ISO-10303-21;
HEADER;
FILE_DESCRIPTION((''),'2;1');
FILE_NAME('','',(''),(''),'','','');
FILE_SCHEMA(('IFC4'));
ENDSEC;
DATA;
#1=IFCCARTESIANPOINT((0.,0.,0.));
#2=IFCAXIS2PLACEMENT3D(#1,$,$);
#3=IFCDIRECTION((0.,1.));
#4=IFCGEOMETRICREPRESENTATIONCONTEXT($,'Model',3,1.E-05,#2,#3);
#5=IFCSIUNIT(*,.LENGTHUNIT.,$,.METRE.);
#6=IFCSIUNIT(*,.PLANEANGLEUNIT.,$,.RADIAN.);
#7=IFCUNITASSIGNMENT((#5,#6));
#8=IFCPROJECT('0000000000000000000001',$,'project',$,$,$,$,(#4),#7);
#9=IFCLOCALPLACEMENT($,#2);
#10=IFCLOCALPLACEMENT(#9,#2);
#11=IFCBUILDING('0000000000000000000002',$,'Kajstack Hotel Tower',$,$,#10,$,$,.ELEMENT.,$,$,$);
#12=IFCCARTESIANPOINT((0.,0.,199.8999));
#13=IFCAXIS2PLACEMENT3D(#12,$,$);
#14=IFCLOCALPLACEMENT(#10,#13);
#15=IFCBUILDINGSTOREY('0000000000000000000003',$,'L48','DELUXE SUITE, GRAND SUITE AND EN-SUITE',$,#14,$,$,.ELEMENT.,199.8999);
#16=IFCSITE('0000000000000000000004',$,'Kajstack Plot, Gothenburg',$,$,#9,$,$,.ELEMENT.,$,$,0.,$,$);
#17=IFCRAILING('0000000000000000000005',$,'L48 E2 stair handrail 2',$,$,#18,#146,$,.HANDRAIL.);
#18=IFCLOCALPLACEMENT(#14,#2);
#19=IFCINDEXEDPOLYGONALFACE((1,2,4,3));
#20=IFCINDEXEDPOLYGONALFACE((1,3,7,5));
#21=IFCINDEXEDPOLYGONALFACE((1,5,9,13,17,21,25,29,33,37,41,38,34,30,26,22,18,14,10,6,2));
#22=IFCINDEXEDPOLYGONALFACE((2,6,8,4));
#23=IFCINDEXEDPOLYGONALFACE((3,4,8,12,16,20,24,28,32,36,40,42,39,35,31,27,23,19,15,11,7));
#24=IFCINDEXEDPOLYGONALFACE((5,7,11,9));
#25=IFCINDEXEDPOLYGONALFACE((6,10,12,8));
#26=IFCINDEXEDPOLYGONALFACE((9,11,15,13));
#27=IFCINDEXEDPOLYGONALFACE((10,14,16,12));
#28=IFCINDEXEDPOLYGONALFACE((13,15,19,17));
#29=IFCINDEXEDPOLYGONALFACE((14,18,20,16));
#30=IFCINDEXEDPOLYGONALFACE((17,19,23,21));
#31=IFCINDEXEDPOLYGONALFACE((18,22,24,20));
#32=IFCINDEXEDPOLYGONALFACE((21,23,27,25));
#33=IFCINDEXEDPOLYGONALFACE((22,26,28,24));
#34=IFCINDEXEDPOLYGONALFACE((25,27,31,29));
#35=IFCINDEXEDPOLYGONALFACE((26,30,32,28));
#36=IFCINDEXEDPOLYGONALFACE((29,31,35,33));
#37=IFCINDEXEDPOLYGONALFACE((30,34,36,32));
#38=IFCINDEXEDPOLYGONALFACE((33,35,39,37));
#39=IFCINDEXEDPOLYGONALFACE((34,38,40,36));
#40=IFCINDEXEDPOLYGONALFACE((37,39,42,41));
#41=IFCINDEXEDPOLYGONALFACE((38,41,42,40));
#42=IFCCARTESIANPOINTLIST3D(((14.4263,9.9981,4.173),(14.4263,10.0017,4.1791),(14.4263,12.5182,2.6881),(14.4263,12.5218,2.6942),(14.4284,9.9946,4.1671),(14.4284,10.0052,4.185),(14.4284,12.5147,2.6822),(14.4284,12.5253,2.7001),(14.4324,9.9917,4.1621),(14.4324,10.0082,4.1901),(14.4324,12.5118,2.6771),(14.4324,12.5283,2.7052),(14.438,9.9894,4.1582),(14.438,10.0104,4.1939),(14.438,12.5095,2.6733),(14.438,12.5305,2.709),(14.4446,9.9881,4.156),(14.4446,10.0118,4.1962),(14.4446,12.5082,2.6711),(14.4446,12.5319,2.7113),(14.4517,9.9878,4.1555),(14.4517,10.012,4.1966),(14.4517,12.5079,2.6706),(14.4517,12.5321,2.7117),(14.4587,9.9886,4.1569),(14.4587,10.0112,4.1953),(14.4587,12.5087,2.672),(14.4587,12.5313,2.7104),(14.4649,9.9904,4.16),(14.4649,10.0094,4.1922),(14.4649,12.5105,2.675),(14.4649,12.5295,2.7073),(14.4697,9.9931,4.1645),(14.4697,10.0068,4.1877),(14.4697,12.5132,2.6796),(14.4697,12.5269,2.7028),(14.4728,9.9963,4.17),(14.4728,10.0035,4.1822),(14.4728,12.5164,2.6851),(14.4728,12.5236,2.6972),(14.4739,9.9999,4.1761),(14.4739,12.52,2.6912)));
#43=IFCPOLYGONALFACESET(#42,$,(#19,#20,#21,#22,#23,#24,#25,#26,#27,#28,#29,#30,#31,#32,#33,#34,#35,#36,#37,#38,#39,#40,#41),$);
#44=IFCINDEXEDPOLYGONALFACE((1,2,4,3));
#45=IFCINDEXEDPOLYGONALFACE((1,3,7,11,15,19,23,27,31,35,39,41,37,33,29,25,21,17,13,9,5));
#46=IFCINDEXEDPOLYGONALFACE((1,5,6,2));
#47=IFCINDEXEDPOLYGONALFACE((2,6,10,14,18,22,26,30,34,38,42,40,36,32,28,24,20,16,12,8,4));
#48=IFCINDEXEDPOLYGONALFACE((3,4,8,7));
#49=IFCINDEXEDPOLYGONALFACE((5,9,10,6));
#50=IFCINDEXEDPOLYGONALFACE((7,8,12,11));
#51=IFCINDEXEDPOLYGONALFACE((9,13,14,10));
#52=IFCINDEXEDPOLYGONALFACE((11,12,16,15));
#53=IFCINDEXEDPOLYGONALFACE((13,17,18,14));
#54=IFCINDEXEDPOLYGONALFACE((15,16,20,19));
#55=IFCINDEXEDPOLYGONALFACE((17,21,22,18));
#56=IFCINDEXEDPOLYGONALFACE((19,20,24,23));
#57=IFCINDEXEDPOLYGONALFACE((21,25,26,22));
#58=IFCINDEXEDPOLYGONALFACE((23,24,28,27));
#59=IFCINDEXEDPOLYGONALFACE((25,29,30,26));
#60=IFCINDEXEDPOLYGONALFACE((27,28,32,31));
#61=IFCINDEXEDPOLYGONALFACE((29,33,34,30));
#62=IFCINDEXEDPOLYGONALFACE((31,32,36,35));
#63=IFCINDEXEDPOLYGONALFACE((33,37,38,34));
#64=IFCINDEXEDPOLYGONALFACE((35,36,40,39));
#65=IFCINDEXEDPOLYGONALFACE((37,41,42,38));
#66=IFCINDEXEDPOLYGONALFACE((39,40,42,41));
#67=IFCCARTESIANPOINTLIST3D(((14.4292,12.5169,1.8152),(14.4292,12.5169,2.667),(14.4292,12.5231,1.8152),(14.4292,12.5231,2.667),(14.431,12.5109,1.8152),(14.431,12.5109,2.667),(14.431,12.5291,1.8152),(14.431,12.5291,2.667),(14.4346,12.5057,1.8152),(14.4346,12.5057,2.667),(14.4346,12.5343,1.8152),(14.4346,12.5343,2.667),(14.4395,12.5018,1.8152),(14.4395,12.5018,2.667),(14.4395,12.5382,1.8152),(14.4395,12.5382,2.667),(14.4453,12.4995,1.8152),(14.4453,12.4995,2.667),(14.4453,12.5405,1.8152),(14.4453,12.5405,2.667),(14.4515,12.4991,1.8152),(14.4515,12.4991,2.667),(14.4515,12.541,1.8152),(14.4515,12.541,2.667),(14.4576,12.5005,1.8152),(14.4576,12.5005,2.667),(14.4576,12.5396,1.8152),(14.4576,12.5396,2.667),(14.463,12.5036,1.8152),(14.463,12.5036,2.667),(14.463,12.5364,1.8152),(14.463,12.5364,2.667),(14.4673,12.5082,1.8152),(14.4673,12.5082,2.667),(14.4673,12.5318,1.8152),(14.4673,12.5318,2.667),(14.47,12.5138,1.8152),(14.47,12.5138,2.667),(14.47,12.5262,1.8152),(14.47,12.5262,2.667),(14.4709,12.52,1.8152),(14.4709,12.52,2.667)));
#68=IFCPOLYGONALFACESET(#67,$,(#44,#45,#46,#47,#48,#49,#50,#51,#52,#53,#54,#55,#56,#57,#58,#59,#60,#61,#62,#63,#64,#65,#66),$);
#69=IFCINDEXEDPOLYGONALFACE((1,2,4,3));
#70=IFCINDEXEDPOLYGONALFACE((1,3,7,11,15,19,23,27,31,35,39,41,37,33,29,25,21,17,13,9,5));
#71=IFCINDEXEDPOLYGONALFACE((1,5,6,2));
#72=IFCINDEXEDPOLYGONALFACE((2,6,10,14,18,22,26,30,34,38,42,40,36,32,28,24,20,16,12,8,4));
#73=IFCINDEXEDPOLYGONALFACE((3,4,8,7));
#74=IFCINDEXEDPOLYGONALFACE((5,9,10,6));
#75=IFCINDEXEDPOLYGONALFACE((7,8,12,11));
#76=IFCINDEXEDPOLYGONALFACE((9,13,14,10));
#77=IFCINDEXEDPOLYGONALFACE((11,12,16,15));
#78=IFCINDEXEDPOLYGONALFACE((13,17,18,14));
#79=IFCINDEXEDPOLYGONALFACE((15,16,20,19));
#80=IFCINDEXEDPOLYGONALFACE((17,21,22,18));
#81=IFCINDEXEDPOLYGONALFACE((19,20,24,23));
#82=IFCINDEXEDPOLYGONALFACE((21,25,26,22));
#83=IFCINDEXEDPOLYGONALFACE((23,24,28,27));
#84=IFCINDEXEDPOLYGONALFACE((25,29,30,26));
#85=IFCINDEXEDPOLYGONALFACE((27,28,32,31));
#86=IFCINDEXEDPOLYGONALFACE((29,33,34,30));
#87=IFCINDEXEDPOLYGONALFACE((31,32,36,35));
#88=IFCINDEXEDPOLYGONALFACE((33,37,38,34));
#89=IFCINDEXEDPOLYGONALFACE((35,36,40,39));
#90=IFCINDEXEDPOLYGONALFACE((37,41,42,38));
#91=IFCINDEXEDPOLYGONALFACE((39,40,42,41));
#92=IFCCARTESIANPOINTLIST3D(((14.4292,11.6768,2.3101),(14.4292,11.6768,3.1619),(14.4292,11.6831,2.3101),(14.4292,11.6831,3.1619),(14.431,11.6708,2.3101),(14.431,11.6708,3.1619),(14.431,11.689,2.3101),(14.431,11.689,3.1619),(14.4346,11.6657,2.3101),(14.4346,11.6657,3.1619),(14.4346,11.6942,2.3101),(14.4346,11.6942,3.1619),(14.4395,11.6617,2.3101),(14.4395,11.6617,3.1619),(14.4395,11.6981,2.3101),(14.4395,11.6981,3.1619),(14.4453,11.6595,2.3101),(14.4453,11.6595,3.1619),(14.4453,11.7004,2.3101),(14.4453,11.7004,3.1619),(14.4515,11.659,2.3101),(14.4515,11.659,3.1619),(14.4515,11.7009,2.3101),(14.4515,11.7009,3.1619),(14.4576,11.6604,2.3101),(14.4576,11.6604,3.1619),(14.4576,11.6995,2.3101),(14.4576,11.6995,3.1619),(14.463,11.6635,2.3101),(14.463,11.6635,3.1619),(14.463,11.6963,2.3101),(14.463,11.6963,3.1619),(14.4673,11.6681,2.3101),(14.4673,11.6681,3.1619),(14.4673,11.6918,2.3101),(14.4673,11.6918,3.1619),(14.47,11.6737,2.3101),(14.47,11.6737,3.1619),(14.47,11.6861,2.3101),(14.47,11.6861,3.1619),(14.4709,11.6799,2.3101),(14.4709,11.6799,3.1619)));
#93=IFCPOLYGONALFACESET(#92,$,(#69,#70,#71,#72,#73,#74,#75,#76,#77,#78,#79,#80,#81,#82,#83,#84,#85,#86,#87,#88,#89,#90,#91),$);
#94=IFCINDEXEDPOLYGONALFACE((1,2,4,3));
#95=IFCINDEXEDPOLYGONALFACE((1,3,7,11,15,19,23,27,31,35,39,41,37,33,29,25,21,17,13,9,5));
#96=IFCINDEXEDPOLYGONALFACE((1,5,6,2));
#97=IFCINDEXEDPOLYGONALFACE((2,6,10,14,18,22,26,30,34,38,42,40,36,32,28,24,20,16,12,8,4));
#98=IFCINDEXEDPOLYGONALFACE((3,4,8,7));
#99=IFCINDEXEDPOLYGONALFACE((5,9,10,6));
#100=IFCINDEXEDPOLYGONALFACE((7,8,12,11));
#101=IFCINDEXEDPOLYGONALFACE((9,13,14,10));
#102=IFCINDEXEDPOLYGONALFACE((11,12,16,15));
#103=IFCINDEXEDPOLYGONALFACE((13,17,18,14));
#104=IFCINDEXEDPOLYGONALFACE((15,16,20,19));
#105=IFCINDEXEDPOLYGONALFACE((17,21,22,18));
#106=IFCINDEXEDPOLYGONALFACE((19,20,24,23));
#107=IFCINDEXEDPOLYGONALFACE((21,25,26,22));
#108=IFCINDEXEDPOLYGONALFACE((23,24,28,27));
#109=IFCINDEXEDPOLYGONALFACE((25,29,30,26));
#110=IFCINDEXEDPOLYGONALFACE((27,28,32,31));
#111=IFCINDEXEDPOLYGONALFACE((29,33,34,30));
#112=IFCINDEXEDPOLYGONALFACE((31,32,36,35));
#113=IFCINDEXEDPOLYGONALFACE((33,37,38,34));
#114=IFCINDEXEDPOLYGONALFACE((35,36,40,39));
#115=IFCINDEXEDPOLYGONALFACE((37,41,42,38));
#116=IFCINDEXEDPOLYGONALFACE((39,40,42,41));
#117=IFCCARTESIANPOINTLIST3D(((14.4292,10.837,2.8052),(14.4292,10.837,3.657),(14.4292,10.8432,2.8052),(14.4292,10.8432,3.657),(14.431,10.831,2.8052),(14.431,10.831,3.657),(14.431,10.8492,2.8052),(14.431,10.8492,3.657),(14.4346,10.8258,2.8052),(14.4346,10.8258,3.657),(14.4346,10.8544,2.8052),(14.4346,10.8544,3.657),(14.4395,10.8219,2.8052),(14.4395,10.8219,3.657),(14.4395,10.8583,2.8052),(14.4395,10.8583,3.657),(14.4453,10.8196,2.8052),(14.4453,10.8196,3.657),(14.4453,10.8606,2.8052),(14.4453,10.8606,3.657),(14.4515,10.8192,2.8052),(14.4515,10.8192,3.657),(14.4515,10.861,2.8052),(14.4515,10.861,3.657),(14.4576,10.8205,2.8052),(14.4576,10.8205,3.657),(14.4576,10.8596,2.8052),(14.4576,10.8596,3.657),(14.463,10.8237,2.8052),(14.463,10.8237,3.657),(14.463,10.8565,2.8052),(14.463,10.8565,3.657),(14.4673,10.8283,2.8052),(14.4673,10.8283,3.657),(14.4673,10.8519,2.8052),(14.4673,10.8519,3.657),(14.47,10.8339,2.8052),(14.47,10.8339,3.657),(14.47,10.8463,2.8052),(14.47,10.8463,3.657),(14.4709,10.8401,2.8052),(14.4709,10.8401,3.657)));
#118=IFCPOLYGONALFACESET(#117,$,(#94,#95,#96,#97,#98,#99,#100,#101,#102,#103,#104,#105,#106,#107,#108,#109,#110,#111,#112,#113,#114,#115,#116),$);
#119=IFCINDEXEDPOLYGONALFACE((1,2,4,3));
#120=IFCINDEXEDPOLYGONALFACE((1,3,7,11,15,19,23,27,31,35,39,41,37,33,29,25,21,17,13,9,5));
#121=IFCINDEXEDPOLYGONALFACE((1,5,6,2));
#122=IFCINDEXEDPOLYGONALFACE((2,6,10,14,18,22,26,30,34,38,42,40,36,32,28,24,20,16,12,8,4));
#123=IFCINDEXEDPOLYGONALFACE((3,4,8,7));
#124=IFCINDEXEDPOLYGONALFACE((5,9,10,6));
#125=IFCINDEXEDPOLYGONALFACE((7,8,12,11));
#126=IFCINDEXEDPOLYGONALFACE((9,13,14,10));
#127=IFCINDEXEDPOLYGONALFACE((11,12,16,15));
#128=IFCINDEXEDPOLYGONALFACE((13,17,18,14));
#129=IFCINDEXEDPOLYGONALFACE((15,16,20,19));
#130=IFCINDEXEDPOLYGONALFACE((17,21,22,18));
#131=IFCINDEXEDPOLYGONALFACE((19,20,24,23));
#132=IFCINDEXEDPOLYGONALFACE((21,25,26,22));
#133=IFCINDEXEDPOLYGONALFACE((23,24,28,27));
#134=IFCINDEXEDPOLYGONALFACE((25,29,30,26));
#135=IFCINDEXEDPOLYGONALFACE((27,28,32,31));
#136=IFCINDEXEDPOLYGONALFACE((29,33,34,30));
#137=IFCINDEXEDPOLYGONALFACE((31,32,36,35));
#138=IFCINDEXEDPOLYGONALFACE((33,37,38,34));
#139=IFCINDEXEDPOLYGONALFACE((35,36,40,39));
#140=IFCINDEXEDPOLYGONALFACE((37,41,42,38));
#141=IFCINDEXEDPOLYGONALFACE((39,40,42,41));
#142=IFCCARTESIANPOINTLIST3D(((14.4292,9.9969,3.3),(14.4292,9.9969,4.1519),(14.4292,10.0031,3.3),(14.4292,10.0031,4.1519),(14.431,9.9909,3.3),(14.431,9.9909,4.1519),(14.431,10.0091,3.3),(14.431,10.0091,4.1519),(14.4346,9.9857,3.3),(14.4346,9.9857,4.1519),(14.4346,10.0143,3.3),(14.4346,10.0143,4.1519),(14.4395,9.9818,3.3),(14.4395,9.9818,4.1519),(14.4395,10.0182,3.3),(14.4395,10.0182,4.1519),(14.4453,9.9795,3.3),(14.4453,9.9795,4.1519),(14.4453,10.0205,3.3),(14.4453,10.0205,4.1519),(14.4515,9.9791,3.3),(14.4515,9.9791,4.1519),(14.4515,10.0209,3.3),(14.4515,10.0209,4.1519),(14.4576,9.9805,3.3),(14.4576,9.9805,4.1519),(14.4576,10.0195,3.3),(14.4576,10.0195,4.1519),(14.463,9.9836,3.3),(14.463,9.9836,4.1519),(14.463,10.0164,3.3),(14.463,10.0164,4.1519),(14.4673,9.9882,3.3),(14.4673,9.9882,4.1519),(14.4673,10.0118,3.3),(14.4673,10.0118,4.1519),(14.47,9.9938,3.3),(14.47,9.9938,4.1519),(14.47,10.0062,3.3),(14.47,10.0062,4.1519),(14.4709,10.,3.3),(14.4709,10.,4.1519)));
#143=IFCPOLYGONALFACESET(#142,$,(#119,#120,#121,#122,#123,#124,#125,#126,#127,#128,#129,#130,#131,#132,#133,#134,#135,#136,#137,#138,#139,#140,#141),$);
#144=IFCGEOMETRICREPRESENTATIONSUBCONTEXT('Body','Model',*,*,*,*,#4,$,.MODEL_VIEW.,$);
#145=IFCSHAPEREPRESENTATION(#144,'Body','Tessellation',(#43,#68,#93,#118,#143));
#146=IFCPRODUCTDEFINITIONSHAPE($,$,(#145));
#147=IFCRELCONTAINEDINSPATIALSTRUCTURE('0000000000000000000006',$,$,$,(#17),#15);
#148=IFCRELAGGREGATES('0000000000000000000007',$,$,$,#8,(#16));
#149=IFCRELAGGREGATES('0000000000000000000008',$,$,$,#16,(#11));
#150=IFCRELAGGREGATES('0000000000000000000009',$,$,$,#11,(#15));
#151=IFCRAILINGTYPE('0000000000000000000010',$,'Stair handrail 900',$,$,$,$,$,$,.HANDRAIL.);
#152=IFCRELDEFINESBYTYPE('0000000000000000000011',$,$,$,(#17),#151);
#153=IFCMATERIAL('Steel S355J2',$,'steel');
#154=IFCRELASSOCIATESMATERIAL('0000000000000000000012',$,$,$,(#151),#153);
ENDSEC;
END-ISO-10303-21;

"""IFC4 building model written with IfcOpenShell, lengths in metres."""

from ifc_helpers import new_model, si_unit, direction, frame, origin, origin_2d, place, context, subcontext, project, spatial, circle, extrude, material, type_object, element, save


model = new_model("IFC4")

# Units and contexts
model_context = context("Model", 3, precision=1e-05, world=origin(), true_north=direction((0.0, 1.0)))
body_context = subcontext(model_context, "Body", "Model", "MODEL_VIEW")
ifc_project = project(units=[si_unit("LENGTHUNIT", "METRE"), si_unit("PLANEANGLEUNIT", "RADIAN")], contexts=[model_context])

# Site, building, storey
site_placement = place(None, origin())
site = spatial("IfcSite", under=ifc_project, at=site_placement, Name="Kajstack Plot, Gothenburg", CompositionType="ELEMENT", RefElevation=0.0)
building_placement = place(site_placement, origin())
building = spatial("IfcBuilding", under=site, at=building_placement, Name="Kajstack Hotel Tower", CompositionType="ELEMENT")
storey_placement = place(building_placement, frame((0.0, 0.0, 199.8999)))
storey = spatial("IfcBuildingStorey", under=building, at=storey_placement, Name="L48", Description="DELUXE SUITE, GRAND SUITE AND EN-SUITE", CompositionType="ELEMENT", Elevation=199.8999)

# Railing
ifc_material_1 = material(Name="Steel S355J2", Category="steel")
railing_type = type_object("IfcRailingType", Name="Stair handrail 900", PredefinedType="HANDRAIL", material=ifc_material_1)
railing_placement = place(storey_placement, frame((14.45, 12.52, 1.8152)))
element("IfcRailing", 1, at=railing_placement, inside=storey, type_object=railing_type, Name="L48 E2 stair handrail 2", PredefinedType="HANDRAIL", context=body_context, shape_type="SweptSolid", body=[
    extrude(circle(Radius=0.0239, at=origin_2d()), frame((0.0, 0.0, 0.876), z_axis=(0.0, -0.861561, 0.507655), x_axis=(1.0, 0.0, 0.0)), (0.0, 0.0, 1.0), 2.925),
    extrude(circle(Radius=0.021, at=origin_2d()), origin(), (0.0, 0.0, 1.0), 0.8518),
    extrude(circle(Radius=0.021, at=origin_2d()), frame((0.0, -0.8401, 0.4949)), (0.0, 0.0, 1.0), 0.8518),
    extrude(circle(Radius=0.021, at=origin_2d()), frame((0.0, -1.6799, 0.99)), (0.0, 0.0, 1.0), 0.8518),
    extrude(circle(Radius=0.021, at=origin_2d()), frame((0.0, -2.52, 1.4849)), (0.0, 0.0, 1.0), 0.8518),
])

save(model, "model.ifc")
